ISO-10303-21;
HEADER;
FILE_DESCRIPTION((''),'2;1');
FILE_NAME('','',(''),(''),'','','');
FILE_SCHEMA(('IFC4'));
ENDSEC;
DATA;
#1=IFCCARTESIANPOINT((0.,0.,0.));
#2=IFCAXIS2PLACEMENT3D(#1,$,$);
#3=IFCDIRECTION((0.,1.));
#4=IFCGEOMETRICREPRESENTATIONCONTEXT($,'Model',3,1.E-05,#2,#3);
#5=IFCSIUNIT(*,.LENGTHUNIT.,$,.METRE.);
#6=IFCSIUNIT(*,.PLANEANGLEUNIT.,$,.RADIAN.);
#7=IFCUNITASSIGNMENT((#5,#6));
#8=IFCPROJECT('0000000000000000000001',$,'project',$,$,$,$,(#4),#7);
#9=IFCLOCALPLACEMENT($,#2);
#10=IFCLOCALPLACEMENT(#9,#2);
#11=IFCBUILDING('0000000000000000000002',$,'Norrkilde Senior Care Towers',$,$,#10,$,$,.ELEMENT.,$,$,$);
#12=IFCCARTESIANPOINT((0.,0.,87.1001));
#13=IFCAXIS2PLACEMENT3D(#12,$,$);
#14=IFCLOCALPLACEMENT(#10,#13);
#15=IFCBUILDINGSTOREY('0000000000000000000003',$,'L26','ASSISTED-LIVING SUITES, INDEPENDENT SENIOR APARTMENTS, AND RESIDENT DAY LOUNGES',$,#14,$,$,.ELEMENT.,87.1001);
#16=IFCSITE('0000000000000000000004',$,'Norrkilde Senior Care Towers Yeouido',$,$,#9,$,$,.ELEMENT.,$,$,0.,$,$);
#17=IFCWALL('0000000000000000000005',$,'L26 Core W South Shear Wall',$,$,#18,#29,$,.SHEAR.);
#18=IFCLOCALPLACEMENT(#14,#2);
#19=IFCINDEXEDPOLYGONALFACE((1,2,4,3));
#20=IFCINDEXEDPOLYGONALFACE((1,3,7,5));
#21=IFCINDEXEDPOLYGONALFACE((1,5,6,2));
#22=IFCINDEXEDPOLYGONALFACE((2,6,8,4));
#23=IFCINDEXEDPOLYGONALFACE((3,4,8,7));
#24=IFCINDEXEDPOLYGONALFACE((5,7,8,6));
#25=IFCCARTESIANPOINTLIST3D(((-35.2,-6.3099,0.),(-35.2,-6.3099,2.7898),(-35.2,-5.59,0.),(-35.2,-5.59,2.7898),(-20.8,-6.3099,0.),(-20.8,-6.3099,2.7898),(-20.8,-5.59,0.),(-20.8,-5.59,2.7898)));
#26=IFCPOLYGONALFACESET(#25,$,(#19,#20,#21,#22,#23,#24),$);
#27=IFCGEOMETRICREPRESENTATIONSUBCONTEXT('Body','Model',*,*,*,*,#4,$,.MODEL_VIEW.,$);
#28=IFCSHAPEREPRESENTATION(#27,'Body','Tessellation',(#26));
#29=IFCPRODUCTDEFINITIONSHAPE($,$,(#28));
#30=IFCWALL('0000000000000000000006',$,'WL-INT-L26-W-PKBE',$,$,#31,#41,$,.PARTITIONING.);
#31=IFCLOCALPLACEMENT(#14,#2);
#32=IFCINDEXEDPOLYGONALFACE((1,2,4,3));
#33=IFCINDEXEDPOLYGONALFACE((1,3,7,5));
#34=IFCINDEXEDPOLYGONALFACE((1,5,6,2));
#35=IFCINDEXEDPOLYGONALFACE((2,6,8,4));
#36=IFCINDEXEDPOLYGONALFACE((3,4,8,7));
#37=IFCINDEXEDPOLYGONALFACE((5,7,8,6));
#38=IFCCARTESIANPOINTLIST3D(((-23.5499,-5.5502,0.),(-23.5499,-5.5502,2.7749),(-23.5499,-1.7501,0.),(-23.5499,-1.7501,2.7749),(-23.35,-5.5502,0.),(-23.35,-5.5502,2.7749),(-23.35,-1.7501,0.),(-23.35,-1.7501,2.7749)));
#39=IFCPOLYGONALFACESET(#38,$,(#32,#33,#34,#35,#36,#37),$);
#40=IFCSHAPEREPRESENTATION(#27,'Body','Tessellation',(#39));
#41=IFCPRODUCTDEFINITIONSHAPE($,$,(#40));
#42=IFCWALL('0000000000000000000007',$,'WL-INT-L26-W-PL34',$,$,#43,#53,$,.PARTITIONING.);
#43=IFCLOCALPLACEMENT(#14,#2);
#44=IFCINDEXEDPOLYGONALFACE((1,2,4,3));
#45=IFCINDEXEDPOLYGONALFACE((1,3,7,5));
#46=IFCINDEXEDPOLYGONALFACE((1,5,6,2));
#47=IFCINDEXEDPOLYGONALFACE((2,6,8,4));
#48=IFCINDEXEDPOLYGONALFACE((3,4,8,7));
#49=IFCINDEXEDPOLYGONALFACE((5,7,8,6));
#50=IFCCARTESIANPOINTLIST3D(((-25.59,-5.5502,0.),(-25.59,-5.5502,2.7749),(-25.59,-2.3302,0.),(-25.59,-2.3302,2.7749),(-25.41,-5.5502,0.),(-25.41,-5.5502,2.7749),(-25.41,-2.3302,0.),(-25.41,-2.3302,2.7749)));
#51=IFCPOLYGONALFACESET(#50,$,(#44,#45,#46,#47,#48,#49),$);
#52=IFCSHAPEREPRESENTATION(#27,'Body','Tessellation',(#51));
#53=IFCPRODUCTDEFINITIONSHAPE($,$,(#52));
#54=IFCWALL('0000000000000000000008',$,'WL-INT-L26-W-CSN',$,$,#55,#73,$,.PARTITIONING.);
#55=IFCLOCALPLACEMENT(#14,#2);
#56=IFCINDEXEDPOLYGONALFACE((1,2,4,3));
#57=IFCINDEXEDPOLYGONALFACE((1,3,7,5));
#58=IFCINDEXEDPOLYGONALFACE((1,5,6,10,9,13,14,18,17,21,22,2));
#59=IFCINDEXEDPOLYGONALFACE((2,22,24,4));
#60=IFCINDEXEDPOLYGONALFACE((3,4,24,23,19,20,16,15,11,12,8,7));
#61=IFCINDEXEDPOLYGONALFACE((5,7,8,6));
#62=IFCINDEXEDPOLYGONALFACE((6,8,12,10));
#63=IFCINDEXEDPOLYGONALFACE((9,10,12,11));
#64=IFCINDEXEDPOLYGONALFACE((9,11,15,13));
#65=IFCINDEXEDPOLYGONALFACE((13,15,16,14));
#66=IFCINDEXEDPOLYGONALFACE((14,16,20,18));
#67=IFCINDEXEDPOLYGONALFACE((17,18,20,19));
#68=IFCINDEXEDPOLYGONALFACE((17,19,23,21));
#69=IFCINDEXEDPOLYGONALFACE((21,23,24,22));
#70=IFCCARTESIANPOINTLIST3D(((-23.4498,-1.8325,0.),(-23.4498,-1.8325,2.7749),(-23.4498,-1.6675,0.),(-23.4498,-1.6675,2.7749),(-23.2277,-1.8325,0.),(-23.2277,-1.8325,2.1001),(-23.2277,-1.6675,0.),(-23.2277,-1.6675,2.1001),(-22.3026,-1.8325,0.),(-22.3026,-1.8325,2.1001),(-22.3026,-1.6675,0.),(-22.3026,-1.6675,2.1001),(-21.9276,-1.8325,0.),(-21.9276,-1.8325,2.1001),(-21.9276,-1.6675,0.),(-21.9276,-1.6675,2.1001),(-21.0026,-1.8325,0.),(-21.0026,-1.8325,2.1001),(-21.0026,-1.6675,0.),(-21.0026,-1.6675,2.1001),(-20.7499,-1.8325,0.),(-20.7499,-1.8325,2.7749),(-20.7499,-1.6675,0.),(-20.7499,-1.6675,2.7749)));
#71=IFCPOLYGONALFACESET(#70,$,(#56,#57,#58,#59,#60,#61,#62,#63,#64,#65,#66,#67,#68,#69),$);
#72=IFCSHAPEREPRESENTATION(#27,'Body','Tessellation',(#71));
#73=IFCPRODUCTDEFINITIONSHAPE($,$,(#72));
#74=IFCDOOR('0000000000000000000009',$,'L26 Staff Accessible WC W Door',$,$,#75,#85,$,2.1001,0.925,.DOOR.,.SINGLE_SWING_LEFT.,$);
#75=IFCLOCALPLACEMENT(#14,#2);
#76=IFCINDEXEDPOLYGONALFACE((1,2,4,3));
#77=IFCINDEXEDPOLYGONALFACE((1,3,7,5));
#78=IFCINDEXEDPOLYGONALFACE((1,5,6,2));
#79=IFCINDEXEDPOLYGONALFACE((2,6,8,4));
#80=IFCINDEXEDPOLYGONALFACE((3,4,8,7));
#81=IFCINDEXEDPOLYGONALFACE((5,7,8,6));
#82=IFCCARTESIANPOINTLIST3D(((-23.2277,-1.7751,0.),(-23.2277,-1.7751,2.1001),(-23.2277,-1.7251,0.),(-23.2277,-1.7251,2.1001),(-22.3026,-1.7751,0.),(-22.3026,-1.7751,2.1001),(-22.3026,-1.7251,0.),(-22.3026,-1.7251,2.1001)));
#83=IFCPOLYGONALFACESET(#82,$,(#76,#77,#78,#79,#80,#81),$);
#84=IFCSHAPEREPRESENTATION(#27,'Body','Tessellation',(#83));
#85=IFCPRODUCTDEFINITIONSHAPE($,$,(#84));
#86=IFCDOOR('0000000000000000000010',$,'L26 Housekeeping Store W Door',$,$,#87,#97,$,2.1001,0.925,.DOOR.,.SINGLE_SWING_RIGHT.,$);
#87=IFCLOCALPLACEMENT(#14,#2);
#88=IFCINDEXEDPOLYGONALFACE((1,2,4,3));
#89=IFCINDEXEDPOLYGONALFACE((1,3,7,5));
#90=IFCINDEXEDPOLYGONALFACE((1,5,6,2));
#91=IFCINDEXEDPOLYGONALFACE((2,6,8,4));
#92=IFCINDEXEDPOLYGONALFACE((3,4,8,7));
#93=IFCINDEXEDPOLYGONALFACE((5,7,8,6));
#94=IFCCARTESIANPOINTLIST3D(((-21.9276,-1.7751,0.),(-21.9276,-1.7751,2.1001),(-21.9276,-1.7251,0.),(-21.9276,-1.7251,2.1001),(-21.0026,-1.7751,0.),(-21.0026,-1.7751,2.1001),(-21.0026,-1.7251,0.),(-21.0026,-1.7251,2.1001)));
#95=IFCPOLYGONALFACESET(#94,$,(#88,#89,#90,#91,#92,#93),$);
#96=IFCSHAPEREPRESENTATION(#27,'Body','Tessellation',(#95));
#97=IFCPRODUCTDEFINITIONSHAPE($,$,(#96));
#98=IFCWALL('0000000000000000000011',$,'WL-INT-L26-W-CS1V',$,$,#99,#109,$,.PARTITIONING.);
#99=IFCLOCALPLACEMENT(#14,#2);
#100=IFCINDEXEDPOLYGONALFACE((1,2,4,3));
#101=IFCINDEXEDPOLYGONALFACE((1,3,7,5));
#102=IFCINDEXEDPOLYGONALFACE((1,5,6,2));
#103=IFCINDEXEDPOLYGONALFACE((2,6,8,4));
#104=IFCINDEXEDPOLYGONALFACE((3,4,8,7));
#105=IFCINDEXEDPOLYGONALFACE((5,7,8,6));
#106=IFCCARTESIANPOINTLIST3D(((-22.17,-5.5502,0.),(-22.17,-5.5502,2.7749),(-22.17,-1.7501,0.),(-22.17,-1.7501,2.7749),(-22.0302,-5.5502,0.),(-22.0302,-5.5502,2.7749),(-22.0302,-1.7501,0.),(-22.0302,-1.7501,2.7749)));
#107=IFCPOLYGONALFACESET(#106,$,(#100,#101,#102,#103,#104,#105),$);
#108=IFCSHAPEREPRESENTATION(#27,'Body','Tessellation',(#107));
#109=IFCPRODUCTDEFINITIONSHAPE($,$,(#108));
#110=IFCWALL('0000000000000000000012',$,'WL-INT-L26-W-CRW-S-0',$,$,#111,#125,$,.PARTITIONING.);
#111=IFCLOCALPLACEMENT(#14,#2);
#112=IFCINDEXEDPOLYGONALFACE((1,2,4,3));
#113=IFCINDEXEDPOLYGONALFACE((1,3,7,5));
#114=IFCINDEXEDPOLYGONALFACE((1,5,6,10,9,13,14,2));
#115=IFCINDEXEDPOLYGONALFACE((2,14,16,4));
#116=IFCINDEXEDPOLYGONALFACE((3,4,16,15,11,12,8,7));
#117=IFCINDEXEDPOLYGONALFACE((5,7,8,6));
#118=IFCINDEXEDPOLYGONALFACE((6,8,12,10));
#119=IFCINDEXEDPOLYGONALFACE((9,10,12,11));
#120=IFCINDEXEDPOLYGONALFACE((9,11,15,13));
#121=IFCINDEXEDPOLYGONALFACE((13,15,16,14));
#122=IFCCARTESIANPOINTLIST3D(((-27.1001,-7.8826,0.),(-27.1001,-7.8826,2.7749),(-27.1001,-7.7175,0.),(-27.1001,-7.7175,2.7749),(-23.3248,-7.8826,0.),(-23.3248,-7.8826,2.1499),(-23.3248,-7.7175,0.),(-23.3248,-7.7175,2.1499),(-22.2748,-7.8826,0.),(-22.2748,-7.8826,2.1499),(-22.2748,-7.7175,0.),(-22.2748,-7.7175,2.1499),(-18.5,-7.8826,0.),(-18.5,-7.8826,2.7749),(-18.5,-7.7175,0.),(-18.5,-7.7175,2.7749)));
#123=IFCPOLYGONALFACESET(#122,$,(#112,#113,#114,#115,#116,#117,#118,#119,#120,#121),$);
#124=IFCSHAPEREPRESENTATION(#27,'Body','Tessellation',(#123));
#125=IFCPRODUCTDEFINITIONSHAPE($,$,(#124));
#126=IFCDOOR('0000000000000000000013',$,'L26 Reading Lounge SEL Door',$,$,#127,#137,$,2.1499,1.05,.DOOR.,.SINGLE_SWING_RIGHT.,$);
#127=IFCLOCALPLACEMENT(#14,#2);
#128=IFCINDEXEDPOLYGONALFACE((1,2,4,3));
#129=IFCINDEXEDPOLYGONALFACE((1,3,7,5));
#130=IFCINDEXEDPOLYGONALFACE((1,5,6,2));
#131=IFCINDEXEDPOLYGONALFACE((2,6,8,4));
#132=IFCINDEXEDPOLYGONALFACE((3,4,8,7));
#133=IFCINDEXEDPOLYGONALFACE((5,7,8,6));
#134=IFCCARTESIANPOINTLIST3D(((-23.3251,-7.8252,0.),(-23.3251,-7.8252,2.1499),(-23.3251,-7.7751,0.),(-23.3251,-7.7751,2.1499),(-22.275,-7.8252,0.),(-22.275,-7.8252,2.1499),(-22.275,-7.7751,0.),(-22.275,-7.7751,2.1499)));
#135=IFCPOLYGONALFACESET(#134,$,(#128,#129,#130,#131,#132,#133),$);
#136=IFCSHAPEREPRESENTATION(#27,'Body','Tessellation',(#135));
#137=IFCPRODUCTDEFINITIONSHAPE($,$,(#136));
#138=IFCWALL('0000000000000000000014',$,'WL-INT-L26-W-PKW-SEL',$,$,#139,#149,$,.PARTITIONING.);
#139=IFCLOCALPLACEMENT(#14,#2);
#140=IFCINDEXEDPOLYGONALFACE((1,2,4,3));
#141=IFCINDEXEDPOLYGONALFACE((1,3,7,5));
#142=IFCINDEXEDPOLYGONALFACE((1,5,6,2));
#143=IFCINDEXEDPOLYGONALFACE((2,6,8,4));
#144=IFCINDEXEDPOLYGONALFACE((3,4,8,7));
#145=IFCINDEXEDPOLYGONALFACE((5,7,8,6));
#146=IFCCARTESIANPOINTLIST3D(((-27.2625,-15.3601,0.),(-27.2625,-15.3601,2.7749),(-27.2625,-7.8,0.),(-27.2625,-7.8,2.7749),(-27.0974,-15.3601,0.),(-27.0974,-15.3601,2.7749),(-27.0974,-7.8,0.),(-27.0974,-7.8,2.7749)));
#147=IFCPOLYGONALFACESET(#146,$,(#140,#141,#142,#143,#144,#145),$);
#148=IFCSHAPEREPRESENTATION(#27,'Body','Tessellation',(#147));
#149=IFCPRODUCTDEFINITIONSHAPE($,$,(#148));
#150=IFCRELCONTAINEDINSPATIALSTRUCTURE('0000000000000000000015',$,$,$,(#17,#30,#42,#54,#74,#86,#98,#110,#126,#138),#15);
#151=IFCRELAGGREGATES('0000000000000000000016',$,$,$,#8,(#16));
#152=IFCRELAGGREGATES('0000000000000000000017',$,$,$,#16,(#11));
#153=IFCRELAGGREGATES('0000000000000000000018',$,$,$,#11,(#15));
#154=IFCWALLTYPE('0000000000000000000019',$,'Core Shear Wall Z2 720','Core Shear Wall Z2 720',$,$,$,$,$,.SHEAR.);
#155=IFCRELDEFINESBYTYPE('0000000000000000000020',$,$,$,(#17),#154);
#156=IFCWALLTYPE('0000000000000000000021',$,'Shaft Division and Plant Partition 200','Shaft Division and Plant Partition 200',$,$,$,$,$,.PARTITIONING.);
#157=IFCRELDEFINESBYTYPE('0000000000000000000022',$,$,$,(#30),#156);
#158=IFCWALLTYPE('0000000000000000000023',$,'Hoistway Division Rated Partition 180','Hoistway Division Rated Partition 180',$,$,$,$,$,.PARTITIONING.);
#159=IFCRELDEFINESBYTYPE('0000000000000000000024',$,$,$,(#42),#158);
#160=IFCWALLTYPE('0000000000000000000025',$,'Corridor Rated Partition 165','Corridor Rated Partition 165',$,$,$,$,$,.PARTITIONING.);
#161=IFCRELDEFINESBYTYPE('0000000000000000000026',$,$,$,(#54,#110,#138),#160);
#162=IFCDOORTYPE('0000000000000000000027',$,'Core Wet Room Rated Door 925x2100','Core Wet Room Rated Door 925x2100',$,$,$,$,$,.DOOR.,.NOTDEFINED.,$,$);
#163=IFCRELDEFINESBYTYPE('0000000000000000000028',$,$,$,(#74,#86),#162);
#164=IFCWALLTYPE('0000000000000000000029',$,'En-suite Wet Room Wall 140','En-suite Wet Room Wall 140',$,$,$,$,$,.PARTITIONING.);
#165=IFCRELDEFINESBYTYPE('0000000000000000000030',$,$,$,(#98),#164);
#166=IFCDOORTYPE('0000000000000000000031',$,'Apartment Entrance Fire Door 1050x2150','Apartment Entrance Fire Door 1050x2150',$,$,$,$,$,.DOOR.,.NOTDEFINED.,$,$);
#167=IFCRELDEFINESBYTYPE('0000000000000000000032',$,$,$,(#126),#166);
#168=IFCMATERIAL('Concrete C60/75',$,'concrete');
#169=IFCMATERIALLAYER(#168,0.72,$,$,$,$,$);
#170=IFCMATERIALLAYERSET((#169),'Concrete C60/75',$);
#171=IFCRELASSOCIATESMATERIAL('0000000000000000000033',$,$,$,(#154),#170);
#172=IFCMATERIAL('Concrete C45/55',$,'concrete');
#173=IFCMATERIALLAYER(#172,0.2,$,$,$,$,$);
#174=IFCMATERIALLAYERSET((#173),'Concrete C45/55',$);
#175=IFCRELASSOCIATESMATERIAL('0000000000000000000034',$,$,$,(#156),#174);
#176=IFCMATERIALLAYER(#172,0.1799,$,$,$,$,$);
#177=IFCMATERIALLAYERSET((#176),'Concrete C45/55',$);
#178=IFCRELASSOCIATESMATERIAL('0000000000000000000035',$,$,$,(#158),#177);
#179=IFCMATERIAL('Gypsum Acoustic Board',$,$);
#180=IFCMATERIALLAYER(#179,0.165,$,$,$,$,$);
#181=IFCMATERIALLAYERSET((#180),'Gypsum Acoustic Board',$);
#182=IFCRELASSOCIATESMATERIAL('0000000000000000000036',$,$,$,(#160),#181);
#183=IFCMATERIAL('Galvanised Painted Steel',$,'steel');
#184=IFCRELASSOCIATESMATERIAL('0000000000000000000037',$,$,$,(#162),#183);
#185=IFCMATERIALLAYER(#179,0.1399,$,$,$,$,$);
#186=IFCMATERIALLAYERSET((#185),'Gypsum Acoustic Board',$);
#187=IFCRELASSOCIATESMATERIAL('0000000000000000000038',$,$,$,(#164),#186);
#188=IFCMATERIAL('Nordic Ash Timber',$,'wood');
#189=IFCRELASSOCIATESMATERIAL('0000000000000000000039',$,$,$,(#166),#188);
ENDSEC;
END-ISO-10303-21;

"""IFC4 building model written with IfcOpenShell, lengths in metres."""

from ifc_helpers import new_model, si_unit, direction, frame, frame_2d, origin, place, context, subcontext, project, spatial, rectangle, extrude, source, transform, mapped, material, layer, layer_set, type_object, type_shapes, element, fill, save


model = new_model("IFC4")

# Units and contexts
model_context = context("Model", 3, precision=1e-05, world=origin(), true_north=direction((0.0, 1.0)))
body_context = subcontext(model_context, "Body", "Model", "MODEL_VIEW")
ifc_project = project(units=[si_unit("LENGTHUNIT", "METRE"), si_unit("PLANEANGLEUNIT", "RADIAN")], contexts=[model_context])

# Site, building, storey
site_placement = place(None, origin())
site = spatial("IfcSite", under=ifc_project, at=site_placement, Name="Norrkilde Senior Care Towers Yeouido", CompositionType="ELEMENT", RefElevation=0.0)
building_placement = place(site_placement, origin())
building = spatial("IfcBuilding", under=site, at=building_placement, Name="Norrkilde Senior Care Towers", CompositionType="ELEMENT")
storey_placement = place(building_placement, frame((0.0, 0.0, 87.1001)))
storey = spatial("IfcBuildingStorey", under=building, at=storey_placement, Name="L26", Description="ASSISTED-LIVING SUITES, INDEPENDENT SENIOR APARTMENTS, AND RESIDENT DAY LOUNGES", CompositionType="ELEMENT", Elevation=87.1001)

# Shared definitions
ifc_material_1 = material(Name="Concrete C60/75", Category="concrete")

# Walls
ifc_layer_1 = layer(ifc_material_1, 0.72)
ifc_layer_set_1 = layer_set([ifc_layer_1], Name="Concrete C60/75")
wall_type_1 = type_object("IfcWallType", Name="Core Shear Wall Z2 720", Description="Core Shear Wall Z2 720", PredefinedType="SHEAR", material=ifc_layer_set_1)
shared_shape_1 = source(origin(), body_context, "Body", "SweptSolid", [
    extrude(rectangle(XDim=14.3999, YDim=0.72, at=frame_2d((7.2, 0.0))), origin(), (0.0, 0.0, 1.0), 2.7898),
])
type_shapes(wall_type_1, [shared_shape_1])
wall_1_placement = place(storey_placement, frame((-20.8, -5.95, 0.0), z_axis=(0.0, 0.0, 1.0), x_axis=(-1.0, 0.0, 0.0)))
element("IfcWall", 1, at=wall_1_placement, inside=storey, type_object=wall_type_1, Name="L26 Core W South Shear Wall", PredefinedType="SHEAR", context=body_context, shape_type="MappedRepresentation", body=[
    mapped(shared_shape_1, transform((0.0, 0.0, 0.0), x_axis=(1.0, 0.0, 0.0), y_axis=(0.0, 1.0, 0.0), z_axis=(0.0, 0.0, 1.0), scale=1.0)),
])
ifc_material_2 = material(Name="Concrete C45/55", Category="concrete")
ifc_layer_2 = layer(ifc_material_2, 0.2)
ifc_layer_set_2 = layer_set([ifc_layer_2], Name="Concrete C45/55")
wall_type_2 = type_object("IfcWallType", Name="Shaft Division and Plant Partition 200", Description="Shaft Division and Plant Partition 200", PredefinedType="PARTITIONING", material=ifc_layer_set_2)
shared_shape_2 = source(origin(), body_context, "Body", "SweptSolid", [
    extrude(rectangle(XDim=3.8, YDim=0.2, at=frame_2d((1.8999, 0.0))), origin(), (0.0, 0.0, 1.0), 2.7749),
])
type_shapes(wall_type_2, [shared_shape_2])
wall_2_placement = place(storey_placement, frame((-23.45, -5.55, 0.0), z_axis=(0.0, 0.0, 1.0), x_axis=(0.0, 1.0, 0.0)))
element("IfcWall", 2, at=wall_2_placement, inside=storey, type_object=wall_type_2, Name="WL-INT-L26-W-PKBE", PredefinedType="PARTITIONING", context=body_context, shape_type="MappedRepresentation", body=[
    mapped(shared_shape_2, transform((0.0, 0.0, 0.0), x_axis=(1.0, 0.0, 0.0), y_axis=(0.0, 1.0, 0.0), z_axis=(0.0, 0.0, 1.0), scale=1.0)),
])
ifc_layer_3 = layer(ifc_material_2, 0.1799)
ifc_layer_set_3 = layer_set([ifc_layer_3], Name="Concrete C45/55")
wall_type_3 = type_object("IfcWallType", Name="Hoistway Division Rated Partition 180", Description="Hoistway Division Rated Partition 180", PredefinedType="PARTITIONING", material=ifc_layer_set_3)
shared_shape_3 = source(origin(), body_context, "Body", "SweptSolid", [
    extrude(rectangle(XDim=3.22, YDim=0.1799, at=frame_2d((1.6099, 0.0))), origin(), (0.0, 0.0, 1.0), 2.7749),
])
type_shapes(wall_type_3, [shared_shape_3])
wall_3_placement = place(storey_placement, frame((-25.5, -5.55, 0.0), z_axis=(0.0, 0.0, 1.0), x_axis=(0.0, 1.0, 0.0)))
element("IfcWall", 3, at=wall_3_placement, inside=storey, type_object=wall_type_3, Name="WL-INT-L26-W-PL34", PredefinedType="PARTITIONING", context=body_context, shape_type="MappedRepresentation", body=[
    mapped(shared_shape_3, transform((0.0, 0.0, 0.0), x_axis=(1.0, 0.0, 0.0), y_axis=(0.0, 1.0, 0.0), z_axis=(0.0, 0.0, 1.0), scale=1.0)),
])

# Wall, openings, doors
ifc_material_3 = material(Name="Gypsum Acoustic Board")
ifc_layer_4 = layer(ifc_material_3, 0.165)
ifc_layer_set_4 = layer_set([ifc_layer_4], Name="Gypsum Acoustic Board")
wall_type_4 = type_object("IfcWallType", Name="Corridor Rated Partition 165", Description="Corridor Rated Partition 165", PredefinedType="PARTITIONING", material=ifc_layer_set_4)
shared_shape_4 = source(origin(), body_context, "Body", "SweptSolid", [
    extrude(rectangle(XDim=2.7, YDim=0.165, at=frame_2d((1.3501, 0.0))), origin(), (0.0, 0.0, 1.0), 2.7749),
])
wall_4_placement = place(storey_placement, frame((-23.45, -1.75, 0.0), z_axis=(0.0, 0.0, 1.0), x_axis=(1.0, 0.0, 0.0)))
wall_4 = element("IfcWall", 4, at=wall_4_placement, inside=storey, type_object=wall_type_4, Name="WL-INT-L26-W-CSN", PredefinedType="PARTITIONING", context=body_context, shape_type="MappedRepresentation", body=[
    mapped(shared_shape_4, transform((0.0, 0.0, 0.0), x_axis=(1.0, 0.0, 0.0), y_axis=(0.0, 1.0, 0.0), z_axis=(0.0, 0.0, 1.0), scale=1.0)),
])
opening_1_placement = place(wall_4_placement, frame((0.2224, 0.0, 0.0)))
opening_1 = element("IfcOpeningElement", 5, at=opening_1_placement, cuts=wall_4, PredefinedType="OPENING", context=body_context, shape_type="SweptSolid", body=[
    extrude(rectangle(XDim=0.925, YDim=2.1001, at=frame_2d((0.4624, 1.05))), frame((0.0, 0.0925, 0.0), z_axis=(0.0, -1.0, 0.0), x_axis=(1.0, 0.0, 0.0)), (0.0, 0.0, 1.0), 0.1851),
])
opening_2_placement = place(wall_4_placement, frame((1.5225, 0.0, 0.0)))
opening_2 = element("IfcOpeningElement", 6, at=opening_2_placement, cuts=wall_4, PredefinedType="OPENING", context=body_context, shape_type="SweptSolid", body=[
    extrude(rectangle(XDim=0.925, YDim=2.1001, at=frame_2d((0.4624, 1.05))), frame((0.0, 0.0925, 0.0), z_axis=(0.0, -1.0, 0.0), x_axis=(1.0, 0.0, 0.0)), (0.0, 0.0, 1.0), 0.1851),
])
ifc_material_4 = material(Name="Galvanised Painted Steel", Category="steel")
door_type_1 = type_object("IfcDoorType", Name="Core Wet Room Rated Door 925x2100", Description="Core Wet Room Rated Door 925x2100", OperationType="NOTDEFINED", PredefinedType="DOOR", material=ifc_material_4)
shared_shape_5 = source(origin(), body_context, "Body", "SweptSolid", [
    extrude(rectangle(XDim=0.925, YDim=2.1001, at=frame_2d((0.4624, 1.05))), frame((0.0, 0.0249, 0.0), z_axis=(0.0, -1.0, 0.0), x_axis=(1.0, 0.0, 0.0)), (0.0, 0.0, 1.0), 0.05),
])
type_shapes(door_type_1, [shared_shape_5])
door_1_placement = place(opening_1_placement, origin())
door_1 = element("IfcDoor", 7, at=door_1_placement, inside=storey, type_object=door_type_1, Name="L26 Staff Accessible WC W Door", OperationType="SINGLE_SWING_LEFT", OverallHeight=2.1001, OverallWidth=0.925, PredefinedType="DOOR", context=body_context, shape_type="MappedRepresentation", body=[
    mapped(shared_shape_5, transform((0.0, 0.0, 0.0), x_axis=(1.0, 0.0, 0.0), y_axis=(0.0, 1.0, 0.0), z_axis=(0.0, 0.0, 1.0), scale=1.0)),
])
fill(opening_1, door_1)
door_2_placement = place(opening_2_placement, origin())
door_2 = element("IfcDoor", 8, at=door_2_placement, inside=storey, type_object=door_type_1, Name="L26 Housekeeping Store W Door", OperationType="SINGLE_SWING_RIGHT", OverallHeight=2.1001, OverallWidth=0.925, PredefinedType="DOOR", context=body_context, shape_type="MappedRepresentation", body=[
    mapped(shared_shape_5, transform((0.0, 0.0, 0.0), x_axis=(1.0, 0.0, 0.0), y_axis=(0.0, 1.0, 0.0), z_axis=(0.0, 0.0, 1.0), scale=1.0)),
])
fill(opening_2, door_2)

# Wall
ifc_layer_5 = layer(ifc_material_3, 0.1399)
ifc_layer_set_5 = layer_set([ifc_layer_5], Name="Gypsum Acoustic Board")
wall_type_5 = type_object("IfcWallType", Name="En-suite Wet Room Wall 140", Description="En-suite Wet Room Wall 140", PredefinedType="PARTITIONING", material=ifc_layer_set_5)
shared_shape_6 = source(origin(), body_context, "Body", "SweptSolid", [
    extrude(rectangle(XDim=3.8, YDim=0.1399, at=frame_2d((1.8999, 0.0))), origin(), (0.0, 0.0, 1.0), 2.7749),
])
wall_5_placement = place(storey_placement, frame((-22.1001, -5.55, 0.0), z_axis=(0.0, 0.0, 1.0), x_axis=(0.0, 1.0, 0.0)))
element("IfcWall", 9, at=wall_5_placement, inside=storey, type_object=wall_type_5, Name="WL-INT-L26-W-CS1V", PredefinedType="PARTITIONING", context=body_context, shape_type="MappedRepresentation", body=[
    mapped(shared_shape_6, transform((0.0, 0.0, 0.0), x_axis=(1.0, 0.0, 0.0), y_axis=(0.0, 1.0, 0.0), z_axis=(0.0, 0.0, 1.0), scale=1.0)),
])

# Wall, opening, door
shared_shape_7 = source(origin(), body_context, "Body", "SweptSolid", [
    extrude(rectangle(XDim=8.6001, YDim=0.165, at=frame_2d((4.3, 0.0))), origin(), (0.0, 0.0, 1.0), 2.7749),
])
wall_6_placement = place(storey_placement, frame((-18.5, -7.8, 0.0), z_axis=(0.0, 0.0, 1.0), x_axis=(-1.0, 0.0, 0.0)))
wall_6 = element("IfcWall", 10, at=wall_6_placement, inside=storey, type_object=wall_type_4, Name="WL-INT-L26-W-CRW-S-0", PredefinedType="PARTITIONING", context=body_context, shape_type="MappedRepresentation", body=[
    mapped(shared_shape_7, transform((0.0, 0.0, 0.0), x_axis=(1.0, 0.0, 0.0), y_axis=(0.0, 1.0, 0.0), z_axis=(0.0, 0.0, 1.0), scale=1.0)),
])
opening_3_placement = place(wall_6_placement, frame((3.7749, 0.0, 0.0)))
opening_3 = element("IfcOpeningElement", 11, at=opening_3_placement, cuts=wall_6, PredefinedType="OPENING", context=body_context, shape_type="SweptSolid", body=[
    extrude(rectangle(XDim=1.05, YDim=2.1499, at=frame_2d((0.5249, 1.075))), frame((0.0, 0.0925, 0.0), z_axis=(0.0, -1.0, 0.0), x_axis=(1.0, 0.0, 0.0)), (0.0, 0.0, 1.0), 0.1851),
])
ifc_material_5 = material(Name="Nordic Ash Timber", Category="wood")
door_type_2 = type_object("IfcDoorType", Name="Apartment Entrance Fire Door 1050x2150", Description="Apartment Entrance Fire Door 1050x2150", OperationType="NOTDEFINED", PredefinedType="DOOR", material=ifc_material_5)
shared_shape_8 = source(origin(), body_context, "Body", "SweptSolid", [
    extrude(rectangle(XDim=1.05, YDim=2.1499, at=frame_2d((0.5249, 1.075))), frame((0.0, 0.0249, 0.0), z_axis=(0.0, -1.0, 0.0), x_axis=(1.0, 0.0, 0.0)), (0.0, 0.0, 1.0), 0.05),
])
type_shapes(door_type_2, [shared_shape_8])
door_3_placement = place(opening_3_placement, frame((1.05, 0.0, 0.0), z_axis=(0.0, 0.0, 1.0), x_axis=(-1.0, 0.0, 0.0)))
door_3 = element("IfcDoor", 12, at=door_3_placement, inside=storey, type_object=door_type_2, Name="L26 Reading Lounge SEL Door", OperationType="SINGLE_SWING_RIGHT", OverallHeight=2.1499, OverallWidth=1.05, PredefinedType="DOOR", context=body_context, shape_type="MappedRepresentation", body=[
    mapped(shared_shape_8, transform((0.0, 0.0, 0.0), x_axis=(1.0, 0.0, 0.0), y_axis=(0.0, 1.0, 0.0), z_axis=(0.0, 0.0, 1.0), scale=1.0)),
])
fill(opening_3, door_3)

# Wall
shared_shape_9 = source(origin(), body_context, "Body", "SweptSolid", [
    extrude(rectangle(XDim=7.5601, YDim=0.165, at=frame_2d((3.78, 0.0))), origin(), (0.0, 0.0, 1.0), 2.7749),
])
wall_7_placement = place(storey_placement, frame((-27.1799, -15.3601, 0.0), z_axis=(0.0, 0.0, 1.0), x_axis=(0.0, 1.0, 0.0)))
element("IfcWall", 13, at=wall_7_placement, inside=storey, type_object=wall_type_4, Name="WL-INT-L26-W-PKW-SEL", PredefinedType="PARTITIONING", context=body_context, shape_type="MappedRepresentation", body=[
    mapped(shared_shape_9, transform((0.0, 0.0, 0.0), x_axis=(1.0, 0.0, 0.0), y_axis=(0.0, 1.0, 0.0), z_axis=(0.0, 0.0, 1.0), scale=1.0)),
])

save(model, "model.ifc")
